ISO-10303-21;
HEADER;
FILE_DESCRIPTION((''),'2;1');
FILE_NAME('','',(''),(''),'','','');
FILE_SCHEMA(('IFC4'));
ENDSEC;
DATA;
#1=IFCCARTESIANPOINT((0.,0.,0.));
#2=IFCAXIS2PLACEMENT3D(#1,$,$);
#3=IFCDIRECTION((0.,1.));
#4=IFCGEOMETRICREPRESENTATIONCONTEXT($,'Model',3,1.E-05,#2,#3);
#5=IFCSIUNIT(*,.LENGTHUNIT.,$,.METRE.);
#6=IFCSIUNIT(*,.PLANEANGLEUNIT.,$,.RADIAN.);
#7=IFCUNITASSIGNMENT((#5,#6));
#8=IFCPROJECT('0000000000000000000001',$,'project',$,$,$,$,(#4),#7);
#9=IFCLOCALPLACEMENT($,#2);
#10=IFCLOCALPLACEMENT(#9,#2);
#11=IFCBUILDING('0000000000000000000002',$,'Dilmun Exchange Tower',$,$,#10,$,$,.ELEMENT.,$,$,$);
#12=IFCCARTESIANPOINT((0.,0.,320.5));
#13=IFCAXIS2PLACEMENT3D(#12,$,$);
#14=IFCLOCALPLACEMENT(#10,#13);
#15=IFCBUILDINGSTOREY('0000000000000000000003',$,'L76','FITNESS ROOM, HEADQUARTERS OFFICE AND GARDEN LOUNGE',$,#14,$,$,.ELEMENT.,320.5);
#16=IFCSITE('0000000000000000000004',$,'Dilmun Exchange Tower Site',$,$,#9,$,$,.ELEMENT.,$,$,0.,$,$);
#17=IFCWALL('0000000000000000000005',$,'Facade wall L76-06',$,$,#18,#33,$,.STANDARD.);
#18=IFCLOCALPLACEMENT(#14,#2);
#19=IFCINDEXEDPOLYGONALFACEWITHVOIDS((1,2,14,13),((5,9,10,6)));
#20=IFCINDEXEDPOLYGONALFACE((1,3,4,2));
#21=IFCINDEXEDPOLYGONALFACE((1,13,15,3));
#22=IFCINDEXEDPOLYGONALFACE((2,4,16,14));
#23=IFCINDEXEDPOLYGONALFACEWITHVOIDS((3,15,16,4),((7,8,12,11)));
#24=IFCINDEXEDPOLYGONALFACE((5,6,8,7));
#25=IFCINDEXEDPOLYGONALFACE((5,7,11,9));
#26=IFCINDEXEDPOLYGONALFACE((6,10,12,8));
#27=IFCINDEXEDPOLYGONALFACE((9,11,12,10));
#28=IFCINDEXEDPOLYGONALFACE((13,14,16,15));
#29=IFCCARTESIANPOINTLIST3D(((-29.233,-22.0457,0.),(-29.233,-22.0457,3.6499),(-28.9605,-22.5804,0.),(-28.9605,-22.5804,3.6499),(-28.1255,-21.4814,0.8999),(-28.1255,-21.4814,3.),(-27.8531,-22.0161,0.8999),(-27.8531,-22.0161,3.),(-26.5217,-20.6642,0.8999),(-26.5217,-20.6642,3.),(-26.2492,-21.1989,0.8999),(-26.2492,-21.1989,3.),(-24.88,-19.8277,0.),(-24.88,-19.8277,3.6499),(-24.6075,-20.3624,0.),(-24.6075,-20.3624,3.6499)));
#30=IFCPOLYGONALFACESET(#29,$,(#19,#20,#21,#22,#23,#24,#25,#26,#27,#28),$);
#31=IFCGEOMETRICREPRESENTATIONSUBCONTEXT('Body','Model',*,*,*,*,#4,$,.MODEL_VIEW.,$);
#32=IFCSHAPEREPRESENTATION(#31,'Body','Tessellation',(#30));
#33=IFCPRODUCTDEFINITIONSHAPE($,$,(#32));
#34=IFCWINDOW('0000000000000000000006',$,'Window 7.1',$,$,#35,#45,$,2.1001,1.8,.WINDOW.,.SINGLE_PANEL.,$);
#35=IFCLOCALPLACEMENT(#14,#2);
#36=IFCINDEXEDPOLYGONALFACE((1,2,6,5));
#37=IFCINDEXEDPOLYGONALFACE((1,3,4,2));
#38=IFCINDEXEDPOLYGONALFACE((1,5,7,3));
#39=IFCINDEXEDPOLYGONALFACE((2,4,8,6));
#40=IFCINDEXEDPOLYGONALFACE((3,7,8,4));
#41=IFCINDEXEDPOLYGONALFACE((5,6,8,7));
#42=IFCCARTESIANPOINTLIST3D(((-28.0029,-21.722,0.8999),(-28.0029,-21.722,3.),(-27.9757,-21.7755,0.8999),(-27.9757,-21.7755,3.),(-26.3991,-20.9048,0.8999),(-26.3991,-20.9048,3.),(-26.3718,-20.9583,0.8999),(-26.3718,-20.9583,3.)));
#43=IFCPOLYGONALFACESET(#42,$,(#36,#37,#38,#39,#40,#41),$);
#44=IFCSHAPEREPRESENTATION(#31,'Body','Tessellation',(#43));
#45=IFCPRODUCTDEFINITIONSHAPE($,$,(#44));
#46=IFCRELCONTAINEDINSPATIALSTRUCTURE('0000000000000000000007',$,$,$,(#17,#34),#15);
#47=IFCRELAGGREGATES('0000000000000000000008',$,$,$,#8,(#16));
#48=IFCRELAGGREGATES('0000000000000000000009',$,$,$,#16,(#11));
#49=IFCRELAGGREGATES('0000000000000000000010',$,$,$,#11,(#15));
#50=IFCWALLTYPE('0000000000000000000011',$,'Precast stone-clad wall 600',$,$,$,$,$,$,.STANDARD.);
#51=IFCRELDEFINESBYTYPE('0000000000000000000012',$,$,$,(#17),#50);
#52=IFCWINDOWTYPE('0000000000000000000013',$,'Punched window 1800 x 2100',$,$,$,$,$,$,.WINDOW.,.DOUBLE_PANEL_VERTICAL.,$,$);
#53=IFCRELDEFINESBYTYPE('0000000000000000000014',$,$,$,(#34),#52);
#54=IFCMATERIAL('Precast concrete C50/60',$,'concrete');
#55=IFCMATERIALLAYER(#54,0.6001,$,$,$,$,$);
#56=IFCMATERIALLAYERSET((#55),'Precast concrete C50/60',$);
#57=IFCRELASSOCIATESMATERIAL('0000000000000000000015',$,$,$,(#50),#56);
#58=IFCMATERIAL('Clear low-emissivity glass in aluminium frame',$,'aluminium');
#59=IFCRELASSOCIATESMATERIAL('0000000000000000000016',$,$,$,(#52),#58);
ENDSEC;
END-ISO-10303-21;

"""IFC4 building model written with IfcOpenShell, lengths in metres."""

from ifc_helpers import new_model, si_unit, direction, frame, frame_2d, origin, place, context, subcontext, project, spatial, rectangle, extrude, material, layer, layer_set, type_object, element, fill, save


model = new_model("IFC4")

# Units and contexts
model_context = context("Model", 3, precision=1e-05, world=origin(), true_north=direction((0.0, 1.0)))
body_context = subcontext(model_context, "Body", "Model", "MODEL_VIEW")
ifc_project = project(units=[si_unit("LENGTHUNIT", "METRE"), si_unit("PLANEANGLEUNIT", "RADIAN")], contexts=[model_context])

# Site, building, storey
site_placement = place(None, origin())
site = spatial("IfcSite", under=ifc_project, at=site_placement, Name="Dilmun Exchange Tower Site", CompositionType="ELEMENT", RefElevation=0.0)
building_placement = place(site_placement, origin())
building = spatial("IfcBuilding", under=site, at=building_placement, Name="Dilmun Exchange Tower", CompositionType="ELEMENT")
storey_placement = place(building_placement, frame((0.0, 0.0, 320.5)))
storey = spatial("IfcBuildingStorey", under=building, at=storey_placement, Name="L76", Description="FITNESS ROOM, HEADQUARTERS OFFICE AND GARDEN LOUNGE", CompositionType="ELEMENT", Elevation=320.5)

# Wall, opening, window
ifc_material_1 = material(Name="Precast concrete C50/60", Category="concrete")
ifc_layer_1 = layer(ifc_material_1, 0.6001)
ifc_layer_set_1 = layer_set([ifc_layer_1], Name="Precast concrete C50/60")
wall_type_1 = type_object("IfcWallType", Name="Precast stone-clad wall 600", PredefinedType="STANDARD", material=ifc_layer_set_1)
ifc_material_2 = material(Name="Clear low-emissivity glass in aluminium frame", Category="aluminium")
window_type_1 = type_object("IfcWindowType", Name="Punched window 1800 x 2100", PartitioningType="DOUBLE_PANEL_VERTICAL", PredefinedType="WINDOW", material=ifc_material_2)
wall_1_placement = place(storey_placement, frame((-24.7437, -20.095, 0.0), z_axis=(0.0, 0.0, 1.0), x_axis=(-0.891003, -0.453997, 0.0)))
wall_1 = element("IfcWall", 1, at=wall_1_placement, inside=storey, type_object=wall_type_1, Name="Facade wall L76-06", PredefinedType="STANDARD", context=body_context, shape_type="SweptSolid", body=[
    extrude(rectangle(XDim=4.8855, YDim=0.6001, at=frame_2d((2.4429, 0.0))), origin(), (0.0, 0.0, 1.0), 3.6499),
])
opening_1_placement = place(wall_1_placement, frame((1.8428, 0.0, 0.8999)))
opening_1 = element("IfcOpeningElement", 2, at=opening_1_placement, cuts=wall_1, PredefinedType="OPENING", context=body_context, shape_type="SweptSolid", body=[
    extrude(rectangle(XDim=1.8, YDim=2.1001, at=frame_2d((0.8999, 1.05))), frame((0.0, 0.3101, 0.0), z_axis=(0.0, -1.0, 0.0), x_axis=(1.0, 0.0, 0.0)), (0.0, 0.0, 1.0), 0.6201),
])
window_1_placement = place(opening_1_placement, origin())
window_1 = element("IfcWindow", 3, at=window_1_placement, inside=storey, type_object=window_type_1, Name="Window 7.1", OverallHeight=2.1001, OverallWidth=1.8, PartitioningType="SINGLE_PANEL", PredefinedType="WINDOW", context=body_context, shape_type="SweptSolid", body=[
    extrude(rectangle(XDim=1.8, YDim=2.1001, at=frame_2d((0.8999, 1.05))), frame((0.0, 0.03, 0.0), z_axis=(0.0, -1.0, 0.0), x_axis=(1.0, 0.0, 0.0)), (0.0, 0.0, 1.0), 0.0601),
])
fill(opening_1, window_1)

save(model, "model.ifc")
